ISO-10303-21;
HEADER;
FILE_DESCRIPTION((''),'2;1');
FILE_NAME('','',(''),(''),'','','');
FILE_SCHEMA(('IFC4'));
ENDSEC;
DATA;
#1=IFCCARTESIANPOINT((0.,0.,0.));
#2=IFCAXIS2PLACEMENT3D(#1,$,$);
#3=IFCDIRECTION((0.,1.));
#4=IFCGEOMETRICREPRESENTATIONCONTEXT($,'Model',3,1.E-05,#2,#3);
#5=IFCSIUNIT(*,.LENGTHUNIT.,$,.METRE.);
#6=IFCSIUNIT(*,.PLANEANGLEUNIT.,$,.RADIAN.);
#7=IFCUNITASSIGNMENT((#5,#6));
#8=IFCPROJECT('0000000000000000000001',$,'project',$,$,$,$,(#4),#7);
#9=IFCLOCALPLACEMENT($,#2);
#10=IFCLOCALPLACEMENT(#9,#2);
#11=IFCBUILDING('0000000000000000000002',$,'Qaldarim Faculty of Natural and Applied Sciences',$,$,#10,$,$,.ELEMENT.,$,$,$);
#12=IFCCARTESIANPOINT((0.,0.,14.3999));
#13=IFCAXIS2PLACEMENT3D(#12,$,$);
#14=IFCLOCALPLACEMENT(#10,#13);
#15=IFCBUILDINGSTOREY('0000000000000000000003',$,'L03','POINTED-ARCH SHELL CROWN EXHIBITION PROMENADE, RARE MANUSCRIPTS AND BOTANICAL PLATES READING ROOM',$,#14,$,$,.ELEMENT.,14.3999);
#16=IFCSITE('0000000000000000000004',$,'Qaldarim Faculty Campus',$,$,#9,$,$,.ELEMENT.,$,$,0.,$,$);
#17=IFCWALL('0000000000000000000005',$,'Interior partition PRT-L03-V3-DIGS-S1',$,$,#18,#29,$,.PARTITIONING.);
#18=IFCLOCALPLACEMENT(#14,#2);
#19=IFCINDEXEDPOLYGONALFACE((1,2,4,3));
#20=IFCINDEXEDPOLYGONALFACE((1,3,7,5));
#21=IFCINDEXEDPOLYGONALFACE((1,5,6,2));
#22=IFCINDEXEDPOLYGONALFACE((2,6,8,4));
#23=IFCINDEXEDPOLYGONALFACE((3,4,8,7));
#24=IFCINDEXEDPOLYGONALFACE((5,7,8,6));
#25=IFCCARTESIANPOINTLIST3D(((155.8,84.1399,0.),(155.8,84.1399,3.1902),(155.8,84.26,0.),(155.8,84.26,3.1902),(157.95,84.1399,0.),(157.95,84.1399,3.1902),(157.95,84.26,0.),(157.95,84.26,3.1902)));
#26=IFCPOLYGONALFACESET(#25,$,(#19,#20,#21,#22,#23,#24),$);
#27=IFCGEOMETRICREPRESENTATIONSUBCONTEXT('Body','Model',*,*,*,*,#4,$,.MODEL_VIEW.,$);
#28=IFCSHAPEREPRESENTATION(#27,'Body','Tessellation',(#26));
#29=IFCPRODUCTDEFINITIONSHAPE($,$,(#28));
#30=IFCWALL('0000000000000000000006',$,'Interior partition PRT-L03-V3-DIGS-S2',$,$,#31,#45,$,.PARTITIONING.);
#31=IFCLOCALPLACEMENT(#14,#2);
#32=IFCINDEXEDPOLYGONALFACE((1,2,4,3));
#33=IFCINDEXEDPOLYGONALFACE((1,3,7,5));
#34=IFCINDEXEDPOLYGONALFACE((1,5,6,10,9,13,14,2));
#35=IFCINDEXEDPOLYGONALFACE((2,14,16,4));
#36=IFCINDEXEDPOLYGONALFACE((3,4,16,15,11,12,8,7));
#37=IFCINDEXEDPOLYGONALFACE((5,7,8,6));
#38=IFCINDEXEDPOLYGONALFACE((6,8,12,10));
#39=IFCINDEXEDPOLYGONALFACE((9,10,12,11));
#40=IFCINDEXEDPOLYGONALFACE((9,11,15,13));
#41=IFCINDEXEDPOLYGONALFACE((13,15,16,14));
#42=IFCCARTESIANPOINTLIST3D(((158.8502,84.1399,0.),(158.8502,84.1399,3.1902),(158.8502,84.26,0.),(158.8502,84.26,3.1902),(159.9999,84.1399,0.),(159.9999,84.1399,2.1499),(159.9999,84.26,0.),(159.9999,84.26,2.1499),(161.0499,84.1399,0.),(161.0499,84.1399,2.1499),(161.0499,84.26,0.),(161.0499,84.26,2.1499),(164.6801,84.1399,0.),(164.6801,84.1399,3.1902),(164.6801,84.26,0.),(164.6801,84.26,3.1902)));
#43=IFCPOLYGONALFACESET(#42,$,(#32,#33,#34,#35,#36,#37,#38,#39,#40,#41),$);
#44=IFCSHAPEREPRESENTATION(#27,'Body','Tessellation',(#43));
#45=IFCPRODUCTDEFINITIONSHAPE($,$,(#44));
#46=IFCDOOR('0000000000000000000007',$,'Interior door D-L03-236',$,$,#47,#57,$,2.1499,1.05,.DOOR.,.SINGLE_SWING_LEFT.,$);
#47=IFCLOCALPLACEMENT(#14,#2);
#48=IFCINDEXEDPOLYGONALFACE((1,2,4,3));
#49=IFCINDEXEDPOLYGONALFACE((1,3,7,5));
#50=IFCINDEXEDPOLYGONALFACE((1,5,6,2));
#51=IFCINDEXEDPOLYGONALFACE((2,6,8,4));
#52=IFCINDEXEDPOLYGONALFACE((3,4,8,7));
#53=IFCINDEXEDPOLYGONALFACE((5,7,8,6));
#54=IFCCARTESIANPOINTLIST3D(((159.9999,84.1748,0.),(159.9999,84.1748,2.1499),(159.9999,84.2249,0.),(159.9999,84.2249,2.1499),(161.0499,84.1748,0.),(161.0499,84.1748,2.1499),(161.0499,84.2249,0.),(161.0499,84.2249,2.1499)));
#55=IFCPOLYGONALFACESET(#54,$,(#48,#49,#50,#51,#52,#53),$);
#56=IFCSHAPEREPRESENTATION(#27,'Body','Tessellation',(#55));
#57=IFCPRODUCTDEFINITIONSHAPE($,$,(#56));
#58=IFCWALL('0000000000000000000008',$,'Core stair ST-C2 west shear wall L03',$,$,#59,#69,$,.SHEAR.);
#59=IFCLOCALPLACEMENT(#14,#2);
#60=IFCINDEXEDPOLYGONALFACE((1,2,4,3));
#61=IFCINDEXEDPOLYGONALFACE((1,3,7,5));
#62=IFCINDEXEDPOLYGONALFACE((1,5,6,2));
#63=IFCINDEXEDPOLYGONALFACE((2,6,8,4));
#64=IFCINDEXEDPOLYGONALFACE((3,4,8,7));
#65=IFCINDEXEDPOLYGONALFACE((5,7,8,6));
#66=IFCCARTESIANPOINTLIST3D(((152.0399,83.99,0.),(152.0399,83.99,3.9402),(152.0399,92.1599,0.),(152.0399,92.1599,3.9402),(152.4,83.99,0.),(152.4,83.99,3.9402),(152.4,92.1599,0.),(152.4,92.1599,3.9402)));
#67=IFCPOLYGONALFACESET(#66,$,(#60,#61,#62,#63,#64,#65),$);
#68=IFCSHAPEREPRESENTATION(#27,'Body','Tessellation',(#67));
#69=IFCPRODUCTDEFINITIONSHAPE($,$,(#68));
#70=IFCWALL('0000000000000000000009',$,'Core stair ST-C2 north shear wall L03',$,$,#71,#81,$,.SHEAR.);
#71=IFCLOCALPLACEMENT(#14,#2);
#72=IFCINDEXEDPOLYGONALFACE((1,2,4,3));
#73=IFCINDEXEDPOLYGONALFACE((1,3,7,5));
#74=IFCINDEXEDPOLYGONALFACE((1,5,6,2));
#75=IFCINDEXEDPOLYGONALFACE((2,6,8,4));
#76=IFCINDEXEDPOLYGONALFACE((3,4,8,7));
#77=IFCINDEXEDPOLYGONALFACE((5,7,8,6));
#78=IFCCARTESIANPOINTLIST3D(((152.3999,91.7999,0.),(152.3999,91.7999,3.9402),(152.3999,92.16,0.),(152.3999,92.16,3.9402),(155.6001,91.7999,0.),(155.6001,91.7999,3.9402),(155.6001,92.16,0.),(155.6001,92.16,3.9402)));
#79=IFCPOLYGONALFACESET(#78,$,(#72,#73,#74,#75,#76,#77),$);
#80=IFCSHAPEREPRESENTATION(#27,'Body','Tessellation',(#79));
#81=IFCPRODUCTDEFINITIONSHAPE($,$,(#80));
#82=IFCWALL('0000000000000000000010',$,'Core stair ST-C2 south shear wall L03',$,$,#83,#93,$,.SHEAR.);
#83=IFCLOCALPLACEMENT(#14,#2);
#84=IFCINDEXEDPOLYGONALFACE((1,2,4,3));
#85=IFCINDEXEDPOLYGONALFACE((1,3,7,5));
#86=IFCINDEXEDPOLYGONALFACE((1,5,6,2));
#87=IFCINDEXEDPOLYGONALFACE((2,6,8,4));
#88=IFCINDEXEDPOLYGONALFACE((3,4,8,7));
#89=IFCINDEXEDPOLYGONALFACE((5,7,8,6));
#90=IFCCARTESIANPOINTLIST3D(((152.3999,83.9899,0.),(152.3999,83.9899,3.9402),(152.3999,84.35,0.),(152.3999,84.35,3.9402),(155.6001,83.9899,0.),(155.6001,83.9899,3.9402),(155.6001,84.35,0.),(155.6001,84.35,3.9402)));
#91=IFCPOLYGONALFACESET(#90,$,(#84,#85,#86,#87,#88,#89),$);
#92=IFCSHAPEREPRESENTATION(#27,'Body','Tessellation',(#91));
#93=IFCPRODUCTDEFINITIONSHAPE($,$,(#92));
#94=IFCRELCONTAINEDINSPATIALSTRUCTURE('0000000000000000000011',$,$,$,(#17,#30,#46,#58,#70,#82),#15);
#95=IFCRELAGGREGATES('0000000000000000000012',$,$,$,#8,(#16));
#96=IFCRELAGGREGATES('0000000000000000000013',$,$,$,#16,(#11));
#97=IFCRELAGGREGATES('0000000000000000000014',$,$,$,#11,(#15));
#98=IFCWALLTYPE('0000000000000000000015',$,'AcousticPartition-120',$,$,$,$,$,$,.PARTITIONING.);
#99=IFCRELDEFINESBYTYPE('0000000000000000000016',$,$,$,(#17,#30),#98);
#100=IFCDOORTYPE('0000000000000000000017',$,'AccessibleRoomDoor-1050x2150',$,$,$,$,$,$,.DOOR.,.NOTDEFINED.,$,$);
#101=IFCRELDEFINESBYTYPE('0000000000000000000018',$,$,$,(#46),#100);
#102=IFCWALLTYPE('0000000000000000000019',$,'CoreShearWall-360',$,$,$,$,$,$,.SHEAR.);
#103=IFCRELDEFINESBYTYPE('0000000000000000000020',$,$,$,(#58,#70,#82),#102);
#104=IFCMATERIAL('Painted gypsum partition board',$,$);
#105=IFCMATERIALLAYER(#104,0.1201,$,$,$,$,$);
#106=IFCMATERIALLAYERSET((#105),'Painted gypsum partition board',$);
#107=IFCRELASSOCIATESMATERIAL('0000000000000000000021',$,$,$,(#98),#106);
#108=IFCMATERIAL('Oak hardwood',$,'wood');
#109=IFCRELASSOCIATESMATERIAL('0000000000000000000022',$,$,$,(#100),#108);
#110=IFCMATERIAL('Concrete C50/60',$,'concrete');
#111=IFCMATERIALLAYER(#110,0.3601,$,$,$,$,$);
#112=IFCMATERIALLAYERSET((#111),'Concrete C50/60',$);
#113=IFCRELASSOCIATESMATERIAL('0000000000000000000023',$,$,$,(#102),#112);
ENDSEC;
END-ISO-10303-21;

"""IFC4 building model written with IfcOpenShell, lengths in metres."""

from ifc_helpers import new_model, si_unit, direction, frame, frame_2d, origin, place, context, subcontext, project, spatial, rectangle, extrude, material, layer, layer_set, type_object, element, fill, save


model = new_model("IFC4")

# Units and contexts
model_context = context("Model", 3, precision=1e-05, world=origin(), true_north=direction((0.0, 1.0)))
body_context = subcontext(model_context, "Body", "Model", "MODEL_VIEW")
ifc_project = project(units=[si_unit("LENGTHUNIT", "METRE"), si_unit("PLANEANGLEUNIT", "RADIAN")], contexts=[model_context])

# Site, building, storey
site_placement = place(None, origin())
site = spatial("IfcSite", under=ifc_project, at=site_placement, Name="Qaldarim Faculty Campus", CompositionType="ELEMENT", RefElevation=0.0)
building_placement = place(site_placement, origin())
building = spatial("IfcBuilding", under=site, at=building_placement, Name="Qaldarim Faculty of Natural and Applied Sciences", CompositionType="ELEMENT")
storey_placement = place(building_placement, frame((0.0, 0.0, 14.3999)))
storey = spatial("IfcBuildingStorey", under=building, at=storey_placement, Name="L03", Description="POINTED-ARCH SHELL CROWN EXHIBITION PROMENADE, RARE MANUSCRIPTS AND BOTANICAL PLATES READING ROOM", CompositionType="ELEMENT", Elevation=14.3999)

# Wall
ifc_material_1 = material(Name="Painted gypsum partition board")
ifc_layer_1 = layer(ifc_material_1, 0.1201)
ifc_layer_set_1 = layer_set([ifc_layer_1], Name="Painted gypsum partition board")
wall_type_1 = type_object("IfcWallType", Name="AcousticPartition-120", PredefinedType="PARTITIONING", material=ifc_layer_set_1)
wall_1_placement = place(storey_placement, frame((155.8, 84.2, 0.0), z_axis=(0.0, 0.0, 1.0), x_axis=(1.0, 0.0, 0.0)))
element("IfcWall", 1, at=wall_1_placement, inside=storey, type_object=wall_type_1, Name="Interior partition PRT-L03-V3-DIGS-S1", PredefinedType="PARTITIONING", context=body_context, shape_type="SweptSolid", body=[
    extrude(rectangle(XDim=2.1499, YDim=0.1201, at=frame_2d((1.075, 0.0))), origin(), (0.0, 0.0, 1.0), 3.1902),
])

# Wall, opening, door
wall_2_placement = place(storey_placement, frame((158.8501, 84.2, 0.0), z_axis=(0.0, 0.0, 1.0), x_axis=(1.0, 0.0, 0.0)))
wall_2 = element("IfcWall", 2, at=wall_2_placement, inside=storey, type_object=wall_type_1, Name="Interior partition PRT-L03-V3-DIGS-S2", PredefinedType="PARTITIONING", context=body_context, shape_type="SweptSolid", body=[
    extrude(rectangle(XDim=5.8298, YDim=0.1201, at=frame_2d((2.915, 0.0))), origin(), (0.0, 0.0, 1.0), 3.1902),
])
opening_1_placement = place(wall_2_placement, frame((1.1499, 0.0, 0.0)))
opening_1 = element("IfcOpeningElement", 3, at=opening_1_placement, cuts=wall_2, PredefinedType="OPENING", context=body_context, shape_type="SweptSolid", body=[
    extrude(rectangle(XDim=1.05, YDim=2.1499, at=frame_2d((0.5249, 1.075))), frame((0.0, 0.0701, 0.0), z_axis=(0.0, -1.0, 0.0), x_axis=(1.0, 0.0, 0.0)), (0.0, 0.0, 1.0), 0.1401),
])
ifc_material_2 = material(Name="Oak hardwood", Category="wood")
door_type_1 = type_object("IfcDoorType", Name="AccessibleRoomDoor-1050x2150", OperationType="NOTDEFINED", PredefinedType="DOOR", material=ifc_material_2)
door_1_placement = place(opening_1_placement, origin())
door_1 = element("IfcDoor", 4, at=door_1_placement, inside=storey, type_object=door_type_1, Name="Interior door D-L03-236", OperationType="SINGLE_SWING_LEFT", OverallHeight=2.1499, OverallWidth=1.05, PredefinedType="DOOR", context=body_context, shape_type="SweptSolid", body=[
    extrude(rectangle(XDim=1.05, YDim=2.1499, at=frame_2d((0.5249, 1.075))), frame((0.0, 0.0249, 0.0), z_axis=(0.0, -1.0, 0.0), x_axis=(1.0, 0.0, 0.0)), (0.0, 0.0, 1.0), 0.05),
])
fill(opening_1, door_1)

# Wall
ifc_material_3 = material(Name="Concrete C50/60", Category="concrete")
ifc_layer_2 = layer(ifc_material_3, 0.3601)
ifc_layer_set_2 = layer_set([ifc_layer_2], Name="Concrete C50/60")
wall_type_2 = type_object("IfcWallType", Name="CoreShearWall-360", PredefinedType="SHEAR", material=ifc_layer_set_2)
wall_3_placement = place(storey_placement, frame((152.22, 83.99, 0.0), z_axis=(0.0, 0.0, 1.0), x_axis=(0.0, 1.0, 0.0)))
element("IfcWall", 5, at=wall_3_placement, inside=storey, type_object=wall_type_2, Name="Core stair ST-C2 west shear wall L03", PredefinedType="SHEAR", context=body_context, shape_type="SweptSolid", body=[
    extrude(rectangle(XDim=8.1699, YDim=0.3601, at=frame_2d((4.085, 0.0))), origin(), (0.0, 0.0, 1.0), 3.9402),
])

# Walls
for number, where, z_axis, x_axis, name in (
    (6, (152.3999, 91.98, 0.0), (0.0, 0.0, 1.0), (1.0, 0.0, 0.0), "Core stair ST-C2 north shear wall L03"),
    (7, (152.3999, 84.1699, 0.0), (0.0, 0.0, 1.0), (1.0, 0.0, 0.0), "Core stair ST-C2 south shear wall L03"),
):
    element("IfcWall", number, at=place(storey_placement, frame(where, z_axis=z_axis, x_axis=x_axis)), inside=storey, type_object=wall_type_2, Name=name, PredefinedType="SHEAR", context=body_context, shape_type="SweptSolid", body=[
        extrude(rectangle(XDim=3.2002, YDim=0.3601, at=frame_2d((1.6001, 0.0))), origin(), (0.0, 0.0, 1.0), 3.9402),
    ])

save(model, "model.ifc")
